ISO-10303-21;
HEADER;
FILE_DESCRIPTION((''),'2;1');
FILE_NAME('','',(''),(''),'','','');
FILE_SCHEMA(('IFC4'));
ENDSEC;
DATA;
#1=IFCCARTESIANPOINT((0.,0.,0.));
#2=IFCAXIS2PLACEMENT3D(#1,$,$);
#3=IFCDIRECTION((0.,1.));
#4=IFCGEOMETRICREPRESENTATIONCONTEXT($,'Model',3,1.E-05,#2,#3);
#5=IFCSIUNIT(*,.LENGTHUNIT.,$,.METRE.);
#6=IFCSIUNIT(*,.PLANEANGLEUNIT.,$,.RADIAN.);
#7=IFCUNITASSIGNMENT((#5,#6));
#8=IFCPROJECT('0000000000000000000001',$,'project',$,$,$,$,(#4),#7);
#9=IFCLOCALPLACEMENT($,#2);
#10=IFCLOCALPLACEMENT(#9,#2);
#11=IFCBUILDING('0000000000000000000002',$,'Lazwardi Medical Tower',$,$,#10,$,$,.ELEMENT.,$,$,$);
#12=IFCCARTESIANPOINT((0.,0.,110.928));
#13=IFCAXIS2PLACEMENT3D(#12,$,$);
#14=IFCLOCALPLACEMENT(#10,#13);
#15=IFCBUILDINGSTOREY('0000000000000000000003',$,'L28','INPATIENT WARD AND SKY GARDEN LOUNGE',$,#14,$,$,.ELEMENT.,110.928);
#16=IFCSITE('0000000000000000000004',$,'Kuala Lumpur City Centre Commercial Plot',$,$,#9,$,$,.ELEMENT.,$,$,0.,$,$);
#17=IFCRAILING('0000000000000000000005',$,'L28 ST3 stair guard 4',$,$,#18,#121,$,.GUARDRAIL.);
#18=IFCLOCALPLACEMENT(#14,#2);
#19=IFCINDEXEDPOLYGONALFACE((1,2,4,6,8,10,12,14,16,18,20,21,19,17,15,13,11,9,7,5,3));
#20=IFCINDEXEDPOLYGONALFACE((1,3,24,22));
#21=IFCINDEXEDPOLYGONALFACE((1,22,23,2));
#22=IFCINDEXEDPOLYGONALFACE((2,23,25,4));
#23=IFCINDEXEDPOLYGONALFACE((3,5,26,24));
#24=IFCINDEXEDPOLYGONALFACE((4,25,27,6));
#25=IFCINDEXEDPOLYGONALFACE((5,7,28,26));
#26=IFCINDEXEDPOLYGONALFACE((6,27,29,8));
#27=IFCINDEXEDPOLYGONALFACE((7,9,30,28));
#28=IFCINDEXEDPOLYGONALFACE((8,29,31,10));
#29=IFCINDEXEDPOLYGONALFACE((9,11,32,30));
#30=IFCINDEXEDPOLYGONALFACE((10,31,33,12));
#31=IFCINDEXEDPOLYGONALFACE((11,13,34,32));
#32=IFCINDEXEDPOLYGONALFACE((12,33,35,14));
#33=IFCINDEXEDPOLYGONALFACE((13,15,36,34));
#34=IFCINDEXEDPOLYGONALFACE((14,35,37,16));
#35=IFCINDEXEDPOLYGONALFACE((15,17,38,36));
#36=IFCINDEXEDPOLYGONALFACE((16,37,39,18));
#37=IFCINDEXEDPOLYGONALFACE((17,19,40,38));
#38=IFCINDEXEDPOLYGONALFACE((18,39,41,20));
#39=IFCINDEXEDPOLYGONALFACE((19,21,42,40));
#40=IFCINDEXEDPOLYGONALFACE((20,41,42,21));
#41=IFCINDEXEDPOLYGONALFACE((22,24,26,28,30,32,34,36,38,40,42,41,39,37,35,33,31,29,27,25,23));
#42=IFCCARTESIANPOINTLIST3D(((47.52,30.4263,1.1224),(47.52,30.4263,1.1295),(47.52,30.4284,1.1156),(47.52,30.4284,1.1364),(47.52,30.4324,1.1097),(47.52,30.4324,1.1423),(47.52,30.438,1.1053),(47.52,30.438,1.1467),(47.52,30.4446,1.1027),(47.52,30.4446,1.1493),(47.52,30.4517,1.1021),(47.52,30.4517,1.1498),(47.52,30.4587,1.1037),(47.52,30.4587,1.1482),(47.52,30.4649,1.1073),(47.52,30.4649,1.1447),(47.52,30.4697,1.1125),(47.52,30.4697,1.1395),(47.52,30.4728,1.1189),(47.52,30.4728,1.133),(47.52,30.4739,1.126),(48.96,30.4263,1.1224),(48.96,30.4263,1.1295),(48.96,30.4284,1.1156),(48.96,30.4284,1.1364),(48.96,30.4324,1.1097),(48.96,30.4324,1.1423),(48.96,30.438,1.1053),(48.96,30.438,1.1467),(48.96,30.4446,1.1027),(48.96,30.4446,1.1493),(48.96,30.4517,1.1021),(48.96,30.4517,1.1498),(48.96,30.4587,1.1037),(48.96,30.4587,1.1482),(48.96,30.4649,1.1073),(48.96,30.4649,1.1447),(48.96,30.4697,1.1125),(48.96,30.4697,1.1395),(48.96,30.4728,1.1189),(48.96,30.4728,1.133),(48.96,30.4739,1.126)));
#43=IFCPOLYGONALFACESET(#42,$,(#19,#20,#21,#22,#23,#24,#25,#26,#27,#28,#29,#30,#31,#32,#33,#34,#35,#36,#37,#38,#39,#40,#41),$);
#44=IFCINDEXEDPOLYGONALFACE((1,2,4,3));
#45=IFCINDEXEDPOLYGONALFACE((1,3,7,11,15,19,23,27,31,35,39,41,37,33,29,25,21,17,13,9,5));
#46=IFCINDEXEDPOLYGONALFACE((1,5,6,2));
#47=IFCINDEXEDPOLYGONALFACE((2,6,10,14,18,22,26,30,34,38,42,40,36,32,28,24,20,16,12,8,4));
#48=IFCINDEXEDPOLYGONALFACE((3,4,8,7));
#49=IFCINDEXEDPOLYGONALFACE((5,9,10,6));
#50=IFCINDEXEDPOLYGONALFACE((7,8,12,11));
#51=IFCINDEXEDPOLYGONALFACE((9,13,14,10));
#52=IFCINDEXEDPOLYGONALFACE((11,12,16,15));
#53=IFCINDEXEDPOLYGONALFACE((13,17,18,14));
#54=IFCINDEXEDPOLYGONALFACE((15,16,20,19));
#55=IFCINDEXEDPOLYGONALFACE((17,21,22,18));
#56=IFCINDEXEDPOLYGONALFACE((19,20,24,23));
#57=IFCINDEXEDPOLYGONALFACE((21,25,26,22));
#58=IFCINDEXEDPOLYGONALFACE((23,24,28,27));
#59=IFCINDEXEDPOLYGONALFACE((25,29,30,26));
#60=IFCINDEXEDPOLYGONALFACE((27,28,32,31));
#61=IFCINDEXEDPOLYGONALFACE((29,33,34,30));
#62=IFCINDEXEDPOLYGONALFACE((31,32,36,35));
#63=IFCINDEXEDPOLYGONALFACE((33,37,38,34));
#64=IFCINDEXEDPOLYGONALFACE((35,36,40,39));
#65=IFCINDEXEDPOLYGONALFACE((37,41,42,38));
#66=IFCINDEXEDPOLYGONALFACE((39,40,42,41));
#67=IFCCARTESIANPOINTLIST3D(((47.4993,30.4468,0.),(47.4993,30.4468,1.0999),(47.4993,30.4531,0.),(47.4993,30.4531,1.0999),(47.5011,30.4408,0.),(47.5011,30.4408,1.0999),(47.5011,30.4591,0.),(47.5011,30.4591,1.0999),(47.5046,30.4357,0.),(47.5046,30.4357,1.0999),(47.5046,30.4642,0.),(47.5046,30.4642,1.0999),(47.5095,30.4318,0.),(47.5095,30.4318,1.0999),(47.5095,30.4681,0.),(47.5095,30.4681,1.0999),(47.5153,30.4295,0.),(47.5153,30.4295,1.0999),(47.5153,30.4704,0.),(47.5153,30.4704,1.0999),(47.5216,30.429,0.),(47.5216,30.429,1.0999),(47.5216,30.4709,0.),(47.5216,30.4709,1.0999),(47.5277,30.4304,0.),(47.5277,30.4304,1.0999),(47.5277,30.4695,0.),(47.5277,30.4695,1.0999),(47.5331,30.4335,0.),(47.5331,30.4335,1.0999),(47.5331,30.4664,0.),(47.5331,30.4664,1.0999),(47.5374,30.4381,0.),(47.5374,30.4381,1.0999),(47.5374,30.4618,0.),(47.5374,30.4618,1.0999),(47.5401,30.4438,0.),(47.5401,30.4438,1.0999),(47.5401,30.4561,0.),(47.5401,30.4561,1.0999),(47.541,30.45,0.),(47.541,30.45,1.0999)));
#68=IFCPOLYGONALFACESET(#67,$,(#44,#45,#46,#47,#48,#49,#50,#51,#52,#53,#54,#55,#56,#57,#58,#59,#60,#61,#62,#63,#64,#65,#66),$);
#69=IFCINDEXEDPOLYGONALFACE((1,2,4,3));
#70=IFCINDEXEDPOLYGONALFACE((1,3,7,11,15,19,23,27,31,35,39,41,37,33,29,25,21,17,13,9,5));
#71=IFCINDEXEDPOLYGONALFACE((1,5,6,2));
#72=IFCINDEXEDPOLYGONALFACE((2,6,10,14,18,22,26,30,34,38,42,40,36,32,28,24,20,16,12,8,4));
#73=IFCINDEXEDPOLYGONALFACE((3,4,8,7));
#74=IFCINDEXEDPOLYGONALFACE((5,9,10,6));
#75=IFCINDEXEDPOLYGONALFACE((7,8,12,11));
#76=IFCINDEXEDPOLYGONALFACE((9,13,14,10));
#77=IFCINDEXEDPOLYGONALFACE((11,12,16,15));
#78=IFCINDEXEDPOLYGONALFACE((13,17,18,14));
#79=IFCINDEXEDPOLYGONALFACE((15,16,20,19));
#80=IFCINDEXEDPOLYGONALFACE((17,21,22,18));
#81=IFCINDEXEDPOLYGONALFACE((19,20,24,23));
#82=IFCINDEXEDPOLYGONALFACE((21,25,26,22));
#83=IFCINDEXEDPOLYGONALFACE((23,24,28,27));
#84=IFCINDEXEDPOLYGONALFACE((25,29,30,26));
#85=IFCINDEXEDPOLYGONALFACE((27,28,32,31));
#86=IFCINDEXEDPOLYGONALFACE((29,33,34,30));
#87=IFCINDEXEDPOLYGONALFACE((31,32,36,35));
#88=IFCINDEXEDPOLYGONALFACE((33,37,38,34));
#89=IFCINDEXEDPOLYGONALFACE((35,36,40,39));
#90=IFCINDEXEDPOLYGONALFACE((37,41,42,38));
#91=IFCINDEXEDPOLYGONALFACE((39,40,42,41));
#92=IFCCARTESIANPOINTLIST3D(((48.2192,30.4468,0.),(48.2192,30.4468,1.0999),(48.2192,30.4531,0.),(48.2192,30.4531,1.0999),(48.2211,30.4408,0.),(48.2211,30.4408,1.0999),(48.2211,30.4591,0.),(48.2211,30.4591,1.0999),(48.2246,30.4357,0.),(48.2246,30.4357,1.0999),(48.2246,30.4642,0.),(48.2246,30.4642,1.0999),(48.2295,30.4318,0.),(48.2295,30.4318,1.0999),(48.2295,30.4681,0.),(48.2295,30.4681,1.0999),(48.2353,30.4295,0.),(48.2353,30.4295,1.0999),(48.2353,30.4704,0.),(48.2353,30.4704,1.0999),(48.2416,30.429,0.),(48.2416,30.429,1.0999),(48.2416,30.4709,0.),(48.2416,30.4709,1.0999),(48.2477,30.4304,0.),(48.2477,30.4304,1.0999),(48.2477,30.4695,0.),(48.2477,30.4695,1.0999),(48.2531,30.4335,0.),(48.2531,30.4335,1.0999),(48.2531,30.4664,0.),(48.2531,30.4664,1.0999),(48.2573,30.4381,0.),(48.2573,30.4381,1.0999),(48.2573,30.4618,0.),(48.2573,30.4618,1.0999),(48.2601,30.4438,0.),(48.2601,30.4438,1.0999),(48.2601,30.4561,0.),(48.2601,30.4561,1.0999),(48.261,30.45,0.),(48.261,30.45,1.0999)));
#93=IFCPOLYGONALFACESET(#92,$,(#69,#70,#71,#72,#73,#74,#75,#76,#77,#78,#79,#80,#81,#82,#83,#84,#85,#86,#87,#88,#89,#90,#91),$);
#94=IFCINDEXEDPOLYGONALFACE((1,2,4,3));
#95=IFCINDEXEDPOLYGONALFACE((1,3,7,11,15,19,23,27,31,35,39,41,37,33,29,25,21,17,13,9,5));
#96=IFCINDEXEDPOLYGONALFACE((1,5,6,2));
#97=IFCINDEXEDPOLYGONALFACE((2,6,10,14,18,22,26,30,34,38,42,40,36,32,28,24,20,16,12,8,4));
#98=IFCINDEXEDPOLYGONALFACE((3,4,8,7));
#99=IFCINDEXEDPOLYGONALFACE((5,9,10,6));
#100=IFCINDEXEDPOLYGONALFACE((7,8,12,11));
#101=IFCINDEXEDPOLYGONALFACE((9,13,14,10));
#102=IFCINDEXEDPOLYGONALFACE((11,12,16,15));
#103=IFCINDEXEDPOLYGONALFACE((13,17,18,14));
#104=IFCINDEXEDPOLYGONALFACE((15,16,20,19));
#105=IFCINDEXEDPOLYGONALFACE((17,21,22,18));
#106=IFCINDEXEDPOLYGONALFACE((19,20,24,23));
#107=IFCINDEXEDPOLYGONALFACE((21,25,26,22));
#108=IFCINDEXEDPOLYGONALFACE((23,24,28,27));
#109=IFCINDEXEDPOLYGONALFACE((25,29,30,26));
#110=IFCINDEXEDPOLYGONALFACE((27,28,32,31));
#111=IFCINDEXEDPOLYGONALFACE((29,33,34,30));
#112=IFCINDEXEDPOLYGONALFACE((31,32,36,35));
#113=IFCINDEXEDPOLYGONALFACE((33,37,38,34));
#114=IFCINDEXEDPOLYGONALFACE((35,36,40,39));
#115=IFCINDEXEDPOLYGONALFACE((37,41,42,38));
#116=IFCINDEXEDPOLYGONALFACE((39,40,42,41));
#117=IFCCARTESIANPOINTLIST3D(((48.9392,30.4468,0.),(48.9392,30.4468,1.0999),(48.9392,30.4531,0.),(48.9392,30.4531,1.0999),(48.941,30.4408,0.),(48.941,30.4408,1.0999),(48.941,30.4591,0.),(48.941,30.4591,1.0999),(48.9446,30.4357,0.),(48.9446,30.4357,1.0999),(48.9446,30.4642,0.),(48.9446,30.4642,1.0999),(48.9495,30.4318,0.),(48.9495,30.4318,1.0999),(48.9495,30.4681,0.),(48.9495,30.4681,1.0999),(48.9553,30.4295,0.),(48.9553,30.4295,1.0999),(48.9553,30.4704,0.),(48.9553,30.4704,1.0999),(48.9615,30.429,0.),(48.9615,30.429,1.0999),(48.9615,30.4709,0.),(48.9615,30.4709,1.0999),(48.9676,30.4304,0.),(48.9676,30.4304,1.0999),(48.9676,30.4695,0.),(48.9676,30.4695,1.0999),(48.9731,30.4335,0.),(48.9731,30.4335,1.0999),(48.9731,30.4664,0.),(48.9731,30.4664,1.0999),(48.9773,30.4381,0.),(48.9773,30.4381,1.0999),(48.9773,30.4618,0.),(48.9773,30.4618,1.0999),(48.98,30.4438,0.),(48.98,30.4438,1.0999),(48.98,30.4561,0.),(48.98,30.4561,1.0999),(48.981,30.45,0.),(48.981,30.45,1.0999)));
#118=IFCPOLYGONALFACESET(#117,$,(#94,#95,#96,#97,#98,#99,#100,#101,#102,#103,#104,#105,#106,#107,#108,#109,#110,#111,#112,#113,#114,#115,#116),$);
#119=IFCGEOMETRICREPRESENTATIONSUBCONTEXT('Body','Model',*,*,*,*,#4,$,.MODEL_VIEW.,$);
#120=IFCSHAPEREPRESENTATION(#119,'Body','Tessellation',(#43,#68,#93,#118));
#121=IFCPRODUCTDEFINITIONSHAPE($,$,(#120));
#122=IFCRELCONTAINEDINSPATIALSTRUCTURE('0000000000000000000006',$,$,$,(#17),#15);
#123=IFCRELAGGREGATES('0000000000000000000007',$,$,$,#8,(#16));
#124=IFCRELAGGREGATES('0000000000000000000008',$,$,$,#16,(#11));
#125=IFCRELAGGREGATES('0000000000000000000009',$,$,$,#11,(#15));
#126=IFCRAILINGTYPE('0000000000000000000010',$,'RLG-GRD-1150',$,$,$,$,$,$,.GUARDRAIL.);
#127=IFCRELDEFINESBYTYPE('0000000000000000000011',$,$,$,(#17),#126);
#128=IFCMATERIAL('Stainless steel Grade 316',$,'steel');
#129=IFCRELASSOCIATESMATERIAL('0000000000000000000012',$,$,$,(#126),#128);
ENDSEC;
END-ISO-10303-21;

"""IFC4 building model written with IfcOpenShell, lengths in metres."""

from ifc_helpers import new_model, si_unit, direction, frame, origin, origin_2d, place, context, subcontext, project, spatial, circle, extrude, material, type_object, element, save


model = new_model("IFC4")

# Units and contexts
model_context = context("Model", 3, precision=1e-05, world=origin(), true_north=direction((0.0, 1.0)))
body_context = subcontext(model_context, "Body", "Model", "MODEL_VIEW")
ifc_project = project(units=[si_unit("LENGTHUNIT", "METRE"), si_unit("PLANEANGLEUNIT", "RADIAN")], contexts=[model_context])

# Site, building, storey
site_placement = place(None, origin())
site = spatial("IfcSite", under=ifc_project, at=site_placement, Name="Kuala Lumpur City Centre Commercial Plot", CompositionType="ELEMENT", RefElevation=0.0)
building_placement = place(site_placement, origin())
building = spatial("IfcBuilding", under=site, at=building_placement, Name="Lazwardi Medical Tower", CompositionType="ELEMENT")
storey_placement = place(building_placement, frame((0.0, 0.0, 110.928)))
storey = spatial("IfcBuildingStorey", under=building, at=storey_placement, Name="L28", Description="INPATIENT WARD AND SKY GARDEN LOUNGE", CompositionType="ELEMENT", Elevation=110.928)

# Railing
ifc_material_1 = material(Name="Stainless steel Grade 316", Category="steel")
railing_type = type_object("IfcRailingType", Name="RLG-GRD-1150", PredefinedType="GUARDRAIL", material=ifc_material_1)
railing_1_placement = place(storey_placement, frame((47.52, 30.45, 0.0)))
element("IfcRailing", 1, at=railing_1_placement, inside=storey, type_object=railing_type, Name="L28 ST3 stair guard 4", PredefinedType="GUARDRAIL", context=body_context, shape_type="SweptSolid", body=[
    extrude(circle(Radius=0.0239, at=origin_2d()), frame((0.0, 0.0, 1.126), z_axis=(1.0, 0.0, 0.0), x_axis=(0.0, 1.0, 0.0)), (0.0, 0.0, 1.0), 1.4399),
    extrude(circle(Radius=0.021, at=origin_2d()), origin(), (0.0, 0.0, 1.0), 1.0999),
    extrude(circle(Radius=0.021, at=origin_2d()), frame((0.72, 0.0, 0.0)), (0.0, 0.0, 1.0), 1.0999),
    extrude(circle(Radius=0.021, at=origin_2d()), frame((1.4399, 0.0, 0.0)), (0.0, 0.0, 1.0), 1.0999),
])

save(model, "model.ifc")
